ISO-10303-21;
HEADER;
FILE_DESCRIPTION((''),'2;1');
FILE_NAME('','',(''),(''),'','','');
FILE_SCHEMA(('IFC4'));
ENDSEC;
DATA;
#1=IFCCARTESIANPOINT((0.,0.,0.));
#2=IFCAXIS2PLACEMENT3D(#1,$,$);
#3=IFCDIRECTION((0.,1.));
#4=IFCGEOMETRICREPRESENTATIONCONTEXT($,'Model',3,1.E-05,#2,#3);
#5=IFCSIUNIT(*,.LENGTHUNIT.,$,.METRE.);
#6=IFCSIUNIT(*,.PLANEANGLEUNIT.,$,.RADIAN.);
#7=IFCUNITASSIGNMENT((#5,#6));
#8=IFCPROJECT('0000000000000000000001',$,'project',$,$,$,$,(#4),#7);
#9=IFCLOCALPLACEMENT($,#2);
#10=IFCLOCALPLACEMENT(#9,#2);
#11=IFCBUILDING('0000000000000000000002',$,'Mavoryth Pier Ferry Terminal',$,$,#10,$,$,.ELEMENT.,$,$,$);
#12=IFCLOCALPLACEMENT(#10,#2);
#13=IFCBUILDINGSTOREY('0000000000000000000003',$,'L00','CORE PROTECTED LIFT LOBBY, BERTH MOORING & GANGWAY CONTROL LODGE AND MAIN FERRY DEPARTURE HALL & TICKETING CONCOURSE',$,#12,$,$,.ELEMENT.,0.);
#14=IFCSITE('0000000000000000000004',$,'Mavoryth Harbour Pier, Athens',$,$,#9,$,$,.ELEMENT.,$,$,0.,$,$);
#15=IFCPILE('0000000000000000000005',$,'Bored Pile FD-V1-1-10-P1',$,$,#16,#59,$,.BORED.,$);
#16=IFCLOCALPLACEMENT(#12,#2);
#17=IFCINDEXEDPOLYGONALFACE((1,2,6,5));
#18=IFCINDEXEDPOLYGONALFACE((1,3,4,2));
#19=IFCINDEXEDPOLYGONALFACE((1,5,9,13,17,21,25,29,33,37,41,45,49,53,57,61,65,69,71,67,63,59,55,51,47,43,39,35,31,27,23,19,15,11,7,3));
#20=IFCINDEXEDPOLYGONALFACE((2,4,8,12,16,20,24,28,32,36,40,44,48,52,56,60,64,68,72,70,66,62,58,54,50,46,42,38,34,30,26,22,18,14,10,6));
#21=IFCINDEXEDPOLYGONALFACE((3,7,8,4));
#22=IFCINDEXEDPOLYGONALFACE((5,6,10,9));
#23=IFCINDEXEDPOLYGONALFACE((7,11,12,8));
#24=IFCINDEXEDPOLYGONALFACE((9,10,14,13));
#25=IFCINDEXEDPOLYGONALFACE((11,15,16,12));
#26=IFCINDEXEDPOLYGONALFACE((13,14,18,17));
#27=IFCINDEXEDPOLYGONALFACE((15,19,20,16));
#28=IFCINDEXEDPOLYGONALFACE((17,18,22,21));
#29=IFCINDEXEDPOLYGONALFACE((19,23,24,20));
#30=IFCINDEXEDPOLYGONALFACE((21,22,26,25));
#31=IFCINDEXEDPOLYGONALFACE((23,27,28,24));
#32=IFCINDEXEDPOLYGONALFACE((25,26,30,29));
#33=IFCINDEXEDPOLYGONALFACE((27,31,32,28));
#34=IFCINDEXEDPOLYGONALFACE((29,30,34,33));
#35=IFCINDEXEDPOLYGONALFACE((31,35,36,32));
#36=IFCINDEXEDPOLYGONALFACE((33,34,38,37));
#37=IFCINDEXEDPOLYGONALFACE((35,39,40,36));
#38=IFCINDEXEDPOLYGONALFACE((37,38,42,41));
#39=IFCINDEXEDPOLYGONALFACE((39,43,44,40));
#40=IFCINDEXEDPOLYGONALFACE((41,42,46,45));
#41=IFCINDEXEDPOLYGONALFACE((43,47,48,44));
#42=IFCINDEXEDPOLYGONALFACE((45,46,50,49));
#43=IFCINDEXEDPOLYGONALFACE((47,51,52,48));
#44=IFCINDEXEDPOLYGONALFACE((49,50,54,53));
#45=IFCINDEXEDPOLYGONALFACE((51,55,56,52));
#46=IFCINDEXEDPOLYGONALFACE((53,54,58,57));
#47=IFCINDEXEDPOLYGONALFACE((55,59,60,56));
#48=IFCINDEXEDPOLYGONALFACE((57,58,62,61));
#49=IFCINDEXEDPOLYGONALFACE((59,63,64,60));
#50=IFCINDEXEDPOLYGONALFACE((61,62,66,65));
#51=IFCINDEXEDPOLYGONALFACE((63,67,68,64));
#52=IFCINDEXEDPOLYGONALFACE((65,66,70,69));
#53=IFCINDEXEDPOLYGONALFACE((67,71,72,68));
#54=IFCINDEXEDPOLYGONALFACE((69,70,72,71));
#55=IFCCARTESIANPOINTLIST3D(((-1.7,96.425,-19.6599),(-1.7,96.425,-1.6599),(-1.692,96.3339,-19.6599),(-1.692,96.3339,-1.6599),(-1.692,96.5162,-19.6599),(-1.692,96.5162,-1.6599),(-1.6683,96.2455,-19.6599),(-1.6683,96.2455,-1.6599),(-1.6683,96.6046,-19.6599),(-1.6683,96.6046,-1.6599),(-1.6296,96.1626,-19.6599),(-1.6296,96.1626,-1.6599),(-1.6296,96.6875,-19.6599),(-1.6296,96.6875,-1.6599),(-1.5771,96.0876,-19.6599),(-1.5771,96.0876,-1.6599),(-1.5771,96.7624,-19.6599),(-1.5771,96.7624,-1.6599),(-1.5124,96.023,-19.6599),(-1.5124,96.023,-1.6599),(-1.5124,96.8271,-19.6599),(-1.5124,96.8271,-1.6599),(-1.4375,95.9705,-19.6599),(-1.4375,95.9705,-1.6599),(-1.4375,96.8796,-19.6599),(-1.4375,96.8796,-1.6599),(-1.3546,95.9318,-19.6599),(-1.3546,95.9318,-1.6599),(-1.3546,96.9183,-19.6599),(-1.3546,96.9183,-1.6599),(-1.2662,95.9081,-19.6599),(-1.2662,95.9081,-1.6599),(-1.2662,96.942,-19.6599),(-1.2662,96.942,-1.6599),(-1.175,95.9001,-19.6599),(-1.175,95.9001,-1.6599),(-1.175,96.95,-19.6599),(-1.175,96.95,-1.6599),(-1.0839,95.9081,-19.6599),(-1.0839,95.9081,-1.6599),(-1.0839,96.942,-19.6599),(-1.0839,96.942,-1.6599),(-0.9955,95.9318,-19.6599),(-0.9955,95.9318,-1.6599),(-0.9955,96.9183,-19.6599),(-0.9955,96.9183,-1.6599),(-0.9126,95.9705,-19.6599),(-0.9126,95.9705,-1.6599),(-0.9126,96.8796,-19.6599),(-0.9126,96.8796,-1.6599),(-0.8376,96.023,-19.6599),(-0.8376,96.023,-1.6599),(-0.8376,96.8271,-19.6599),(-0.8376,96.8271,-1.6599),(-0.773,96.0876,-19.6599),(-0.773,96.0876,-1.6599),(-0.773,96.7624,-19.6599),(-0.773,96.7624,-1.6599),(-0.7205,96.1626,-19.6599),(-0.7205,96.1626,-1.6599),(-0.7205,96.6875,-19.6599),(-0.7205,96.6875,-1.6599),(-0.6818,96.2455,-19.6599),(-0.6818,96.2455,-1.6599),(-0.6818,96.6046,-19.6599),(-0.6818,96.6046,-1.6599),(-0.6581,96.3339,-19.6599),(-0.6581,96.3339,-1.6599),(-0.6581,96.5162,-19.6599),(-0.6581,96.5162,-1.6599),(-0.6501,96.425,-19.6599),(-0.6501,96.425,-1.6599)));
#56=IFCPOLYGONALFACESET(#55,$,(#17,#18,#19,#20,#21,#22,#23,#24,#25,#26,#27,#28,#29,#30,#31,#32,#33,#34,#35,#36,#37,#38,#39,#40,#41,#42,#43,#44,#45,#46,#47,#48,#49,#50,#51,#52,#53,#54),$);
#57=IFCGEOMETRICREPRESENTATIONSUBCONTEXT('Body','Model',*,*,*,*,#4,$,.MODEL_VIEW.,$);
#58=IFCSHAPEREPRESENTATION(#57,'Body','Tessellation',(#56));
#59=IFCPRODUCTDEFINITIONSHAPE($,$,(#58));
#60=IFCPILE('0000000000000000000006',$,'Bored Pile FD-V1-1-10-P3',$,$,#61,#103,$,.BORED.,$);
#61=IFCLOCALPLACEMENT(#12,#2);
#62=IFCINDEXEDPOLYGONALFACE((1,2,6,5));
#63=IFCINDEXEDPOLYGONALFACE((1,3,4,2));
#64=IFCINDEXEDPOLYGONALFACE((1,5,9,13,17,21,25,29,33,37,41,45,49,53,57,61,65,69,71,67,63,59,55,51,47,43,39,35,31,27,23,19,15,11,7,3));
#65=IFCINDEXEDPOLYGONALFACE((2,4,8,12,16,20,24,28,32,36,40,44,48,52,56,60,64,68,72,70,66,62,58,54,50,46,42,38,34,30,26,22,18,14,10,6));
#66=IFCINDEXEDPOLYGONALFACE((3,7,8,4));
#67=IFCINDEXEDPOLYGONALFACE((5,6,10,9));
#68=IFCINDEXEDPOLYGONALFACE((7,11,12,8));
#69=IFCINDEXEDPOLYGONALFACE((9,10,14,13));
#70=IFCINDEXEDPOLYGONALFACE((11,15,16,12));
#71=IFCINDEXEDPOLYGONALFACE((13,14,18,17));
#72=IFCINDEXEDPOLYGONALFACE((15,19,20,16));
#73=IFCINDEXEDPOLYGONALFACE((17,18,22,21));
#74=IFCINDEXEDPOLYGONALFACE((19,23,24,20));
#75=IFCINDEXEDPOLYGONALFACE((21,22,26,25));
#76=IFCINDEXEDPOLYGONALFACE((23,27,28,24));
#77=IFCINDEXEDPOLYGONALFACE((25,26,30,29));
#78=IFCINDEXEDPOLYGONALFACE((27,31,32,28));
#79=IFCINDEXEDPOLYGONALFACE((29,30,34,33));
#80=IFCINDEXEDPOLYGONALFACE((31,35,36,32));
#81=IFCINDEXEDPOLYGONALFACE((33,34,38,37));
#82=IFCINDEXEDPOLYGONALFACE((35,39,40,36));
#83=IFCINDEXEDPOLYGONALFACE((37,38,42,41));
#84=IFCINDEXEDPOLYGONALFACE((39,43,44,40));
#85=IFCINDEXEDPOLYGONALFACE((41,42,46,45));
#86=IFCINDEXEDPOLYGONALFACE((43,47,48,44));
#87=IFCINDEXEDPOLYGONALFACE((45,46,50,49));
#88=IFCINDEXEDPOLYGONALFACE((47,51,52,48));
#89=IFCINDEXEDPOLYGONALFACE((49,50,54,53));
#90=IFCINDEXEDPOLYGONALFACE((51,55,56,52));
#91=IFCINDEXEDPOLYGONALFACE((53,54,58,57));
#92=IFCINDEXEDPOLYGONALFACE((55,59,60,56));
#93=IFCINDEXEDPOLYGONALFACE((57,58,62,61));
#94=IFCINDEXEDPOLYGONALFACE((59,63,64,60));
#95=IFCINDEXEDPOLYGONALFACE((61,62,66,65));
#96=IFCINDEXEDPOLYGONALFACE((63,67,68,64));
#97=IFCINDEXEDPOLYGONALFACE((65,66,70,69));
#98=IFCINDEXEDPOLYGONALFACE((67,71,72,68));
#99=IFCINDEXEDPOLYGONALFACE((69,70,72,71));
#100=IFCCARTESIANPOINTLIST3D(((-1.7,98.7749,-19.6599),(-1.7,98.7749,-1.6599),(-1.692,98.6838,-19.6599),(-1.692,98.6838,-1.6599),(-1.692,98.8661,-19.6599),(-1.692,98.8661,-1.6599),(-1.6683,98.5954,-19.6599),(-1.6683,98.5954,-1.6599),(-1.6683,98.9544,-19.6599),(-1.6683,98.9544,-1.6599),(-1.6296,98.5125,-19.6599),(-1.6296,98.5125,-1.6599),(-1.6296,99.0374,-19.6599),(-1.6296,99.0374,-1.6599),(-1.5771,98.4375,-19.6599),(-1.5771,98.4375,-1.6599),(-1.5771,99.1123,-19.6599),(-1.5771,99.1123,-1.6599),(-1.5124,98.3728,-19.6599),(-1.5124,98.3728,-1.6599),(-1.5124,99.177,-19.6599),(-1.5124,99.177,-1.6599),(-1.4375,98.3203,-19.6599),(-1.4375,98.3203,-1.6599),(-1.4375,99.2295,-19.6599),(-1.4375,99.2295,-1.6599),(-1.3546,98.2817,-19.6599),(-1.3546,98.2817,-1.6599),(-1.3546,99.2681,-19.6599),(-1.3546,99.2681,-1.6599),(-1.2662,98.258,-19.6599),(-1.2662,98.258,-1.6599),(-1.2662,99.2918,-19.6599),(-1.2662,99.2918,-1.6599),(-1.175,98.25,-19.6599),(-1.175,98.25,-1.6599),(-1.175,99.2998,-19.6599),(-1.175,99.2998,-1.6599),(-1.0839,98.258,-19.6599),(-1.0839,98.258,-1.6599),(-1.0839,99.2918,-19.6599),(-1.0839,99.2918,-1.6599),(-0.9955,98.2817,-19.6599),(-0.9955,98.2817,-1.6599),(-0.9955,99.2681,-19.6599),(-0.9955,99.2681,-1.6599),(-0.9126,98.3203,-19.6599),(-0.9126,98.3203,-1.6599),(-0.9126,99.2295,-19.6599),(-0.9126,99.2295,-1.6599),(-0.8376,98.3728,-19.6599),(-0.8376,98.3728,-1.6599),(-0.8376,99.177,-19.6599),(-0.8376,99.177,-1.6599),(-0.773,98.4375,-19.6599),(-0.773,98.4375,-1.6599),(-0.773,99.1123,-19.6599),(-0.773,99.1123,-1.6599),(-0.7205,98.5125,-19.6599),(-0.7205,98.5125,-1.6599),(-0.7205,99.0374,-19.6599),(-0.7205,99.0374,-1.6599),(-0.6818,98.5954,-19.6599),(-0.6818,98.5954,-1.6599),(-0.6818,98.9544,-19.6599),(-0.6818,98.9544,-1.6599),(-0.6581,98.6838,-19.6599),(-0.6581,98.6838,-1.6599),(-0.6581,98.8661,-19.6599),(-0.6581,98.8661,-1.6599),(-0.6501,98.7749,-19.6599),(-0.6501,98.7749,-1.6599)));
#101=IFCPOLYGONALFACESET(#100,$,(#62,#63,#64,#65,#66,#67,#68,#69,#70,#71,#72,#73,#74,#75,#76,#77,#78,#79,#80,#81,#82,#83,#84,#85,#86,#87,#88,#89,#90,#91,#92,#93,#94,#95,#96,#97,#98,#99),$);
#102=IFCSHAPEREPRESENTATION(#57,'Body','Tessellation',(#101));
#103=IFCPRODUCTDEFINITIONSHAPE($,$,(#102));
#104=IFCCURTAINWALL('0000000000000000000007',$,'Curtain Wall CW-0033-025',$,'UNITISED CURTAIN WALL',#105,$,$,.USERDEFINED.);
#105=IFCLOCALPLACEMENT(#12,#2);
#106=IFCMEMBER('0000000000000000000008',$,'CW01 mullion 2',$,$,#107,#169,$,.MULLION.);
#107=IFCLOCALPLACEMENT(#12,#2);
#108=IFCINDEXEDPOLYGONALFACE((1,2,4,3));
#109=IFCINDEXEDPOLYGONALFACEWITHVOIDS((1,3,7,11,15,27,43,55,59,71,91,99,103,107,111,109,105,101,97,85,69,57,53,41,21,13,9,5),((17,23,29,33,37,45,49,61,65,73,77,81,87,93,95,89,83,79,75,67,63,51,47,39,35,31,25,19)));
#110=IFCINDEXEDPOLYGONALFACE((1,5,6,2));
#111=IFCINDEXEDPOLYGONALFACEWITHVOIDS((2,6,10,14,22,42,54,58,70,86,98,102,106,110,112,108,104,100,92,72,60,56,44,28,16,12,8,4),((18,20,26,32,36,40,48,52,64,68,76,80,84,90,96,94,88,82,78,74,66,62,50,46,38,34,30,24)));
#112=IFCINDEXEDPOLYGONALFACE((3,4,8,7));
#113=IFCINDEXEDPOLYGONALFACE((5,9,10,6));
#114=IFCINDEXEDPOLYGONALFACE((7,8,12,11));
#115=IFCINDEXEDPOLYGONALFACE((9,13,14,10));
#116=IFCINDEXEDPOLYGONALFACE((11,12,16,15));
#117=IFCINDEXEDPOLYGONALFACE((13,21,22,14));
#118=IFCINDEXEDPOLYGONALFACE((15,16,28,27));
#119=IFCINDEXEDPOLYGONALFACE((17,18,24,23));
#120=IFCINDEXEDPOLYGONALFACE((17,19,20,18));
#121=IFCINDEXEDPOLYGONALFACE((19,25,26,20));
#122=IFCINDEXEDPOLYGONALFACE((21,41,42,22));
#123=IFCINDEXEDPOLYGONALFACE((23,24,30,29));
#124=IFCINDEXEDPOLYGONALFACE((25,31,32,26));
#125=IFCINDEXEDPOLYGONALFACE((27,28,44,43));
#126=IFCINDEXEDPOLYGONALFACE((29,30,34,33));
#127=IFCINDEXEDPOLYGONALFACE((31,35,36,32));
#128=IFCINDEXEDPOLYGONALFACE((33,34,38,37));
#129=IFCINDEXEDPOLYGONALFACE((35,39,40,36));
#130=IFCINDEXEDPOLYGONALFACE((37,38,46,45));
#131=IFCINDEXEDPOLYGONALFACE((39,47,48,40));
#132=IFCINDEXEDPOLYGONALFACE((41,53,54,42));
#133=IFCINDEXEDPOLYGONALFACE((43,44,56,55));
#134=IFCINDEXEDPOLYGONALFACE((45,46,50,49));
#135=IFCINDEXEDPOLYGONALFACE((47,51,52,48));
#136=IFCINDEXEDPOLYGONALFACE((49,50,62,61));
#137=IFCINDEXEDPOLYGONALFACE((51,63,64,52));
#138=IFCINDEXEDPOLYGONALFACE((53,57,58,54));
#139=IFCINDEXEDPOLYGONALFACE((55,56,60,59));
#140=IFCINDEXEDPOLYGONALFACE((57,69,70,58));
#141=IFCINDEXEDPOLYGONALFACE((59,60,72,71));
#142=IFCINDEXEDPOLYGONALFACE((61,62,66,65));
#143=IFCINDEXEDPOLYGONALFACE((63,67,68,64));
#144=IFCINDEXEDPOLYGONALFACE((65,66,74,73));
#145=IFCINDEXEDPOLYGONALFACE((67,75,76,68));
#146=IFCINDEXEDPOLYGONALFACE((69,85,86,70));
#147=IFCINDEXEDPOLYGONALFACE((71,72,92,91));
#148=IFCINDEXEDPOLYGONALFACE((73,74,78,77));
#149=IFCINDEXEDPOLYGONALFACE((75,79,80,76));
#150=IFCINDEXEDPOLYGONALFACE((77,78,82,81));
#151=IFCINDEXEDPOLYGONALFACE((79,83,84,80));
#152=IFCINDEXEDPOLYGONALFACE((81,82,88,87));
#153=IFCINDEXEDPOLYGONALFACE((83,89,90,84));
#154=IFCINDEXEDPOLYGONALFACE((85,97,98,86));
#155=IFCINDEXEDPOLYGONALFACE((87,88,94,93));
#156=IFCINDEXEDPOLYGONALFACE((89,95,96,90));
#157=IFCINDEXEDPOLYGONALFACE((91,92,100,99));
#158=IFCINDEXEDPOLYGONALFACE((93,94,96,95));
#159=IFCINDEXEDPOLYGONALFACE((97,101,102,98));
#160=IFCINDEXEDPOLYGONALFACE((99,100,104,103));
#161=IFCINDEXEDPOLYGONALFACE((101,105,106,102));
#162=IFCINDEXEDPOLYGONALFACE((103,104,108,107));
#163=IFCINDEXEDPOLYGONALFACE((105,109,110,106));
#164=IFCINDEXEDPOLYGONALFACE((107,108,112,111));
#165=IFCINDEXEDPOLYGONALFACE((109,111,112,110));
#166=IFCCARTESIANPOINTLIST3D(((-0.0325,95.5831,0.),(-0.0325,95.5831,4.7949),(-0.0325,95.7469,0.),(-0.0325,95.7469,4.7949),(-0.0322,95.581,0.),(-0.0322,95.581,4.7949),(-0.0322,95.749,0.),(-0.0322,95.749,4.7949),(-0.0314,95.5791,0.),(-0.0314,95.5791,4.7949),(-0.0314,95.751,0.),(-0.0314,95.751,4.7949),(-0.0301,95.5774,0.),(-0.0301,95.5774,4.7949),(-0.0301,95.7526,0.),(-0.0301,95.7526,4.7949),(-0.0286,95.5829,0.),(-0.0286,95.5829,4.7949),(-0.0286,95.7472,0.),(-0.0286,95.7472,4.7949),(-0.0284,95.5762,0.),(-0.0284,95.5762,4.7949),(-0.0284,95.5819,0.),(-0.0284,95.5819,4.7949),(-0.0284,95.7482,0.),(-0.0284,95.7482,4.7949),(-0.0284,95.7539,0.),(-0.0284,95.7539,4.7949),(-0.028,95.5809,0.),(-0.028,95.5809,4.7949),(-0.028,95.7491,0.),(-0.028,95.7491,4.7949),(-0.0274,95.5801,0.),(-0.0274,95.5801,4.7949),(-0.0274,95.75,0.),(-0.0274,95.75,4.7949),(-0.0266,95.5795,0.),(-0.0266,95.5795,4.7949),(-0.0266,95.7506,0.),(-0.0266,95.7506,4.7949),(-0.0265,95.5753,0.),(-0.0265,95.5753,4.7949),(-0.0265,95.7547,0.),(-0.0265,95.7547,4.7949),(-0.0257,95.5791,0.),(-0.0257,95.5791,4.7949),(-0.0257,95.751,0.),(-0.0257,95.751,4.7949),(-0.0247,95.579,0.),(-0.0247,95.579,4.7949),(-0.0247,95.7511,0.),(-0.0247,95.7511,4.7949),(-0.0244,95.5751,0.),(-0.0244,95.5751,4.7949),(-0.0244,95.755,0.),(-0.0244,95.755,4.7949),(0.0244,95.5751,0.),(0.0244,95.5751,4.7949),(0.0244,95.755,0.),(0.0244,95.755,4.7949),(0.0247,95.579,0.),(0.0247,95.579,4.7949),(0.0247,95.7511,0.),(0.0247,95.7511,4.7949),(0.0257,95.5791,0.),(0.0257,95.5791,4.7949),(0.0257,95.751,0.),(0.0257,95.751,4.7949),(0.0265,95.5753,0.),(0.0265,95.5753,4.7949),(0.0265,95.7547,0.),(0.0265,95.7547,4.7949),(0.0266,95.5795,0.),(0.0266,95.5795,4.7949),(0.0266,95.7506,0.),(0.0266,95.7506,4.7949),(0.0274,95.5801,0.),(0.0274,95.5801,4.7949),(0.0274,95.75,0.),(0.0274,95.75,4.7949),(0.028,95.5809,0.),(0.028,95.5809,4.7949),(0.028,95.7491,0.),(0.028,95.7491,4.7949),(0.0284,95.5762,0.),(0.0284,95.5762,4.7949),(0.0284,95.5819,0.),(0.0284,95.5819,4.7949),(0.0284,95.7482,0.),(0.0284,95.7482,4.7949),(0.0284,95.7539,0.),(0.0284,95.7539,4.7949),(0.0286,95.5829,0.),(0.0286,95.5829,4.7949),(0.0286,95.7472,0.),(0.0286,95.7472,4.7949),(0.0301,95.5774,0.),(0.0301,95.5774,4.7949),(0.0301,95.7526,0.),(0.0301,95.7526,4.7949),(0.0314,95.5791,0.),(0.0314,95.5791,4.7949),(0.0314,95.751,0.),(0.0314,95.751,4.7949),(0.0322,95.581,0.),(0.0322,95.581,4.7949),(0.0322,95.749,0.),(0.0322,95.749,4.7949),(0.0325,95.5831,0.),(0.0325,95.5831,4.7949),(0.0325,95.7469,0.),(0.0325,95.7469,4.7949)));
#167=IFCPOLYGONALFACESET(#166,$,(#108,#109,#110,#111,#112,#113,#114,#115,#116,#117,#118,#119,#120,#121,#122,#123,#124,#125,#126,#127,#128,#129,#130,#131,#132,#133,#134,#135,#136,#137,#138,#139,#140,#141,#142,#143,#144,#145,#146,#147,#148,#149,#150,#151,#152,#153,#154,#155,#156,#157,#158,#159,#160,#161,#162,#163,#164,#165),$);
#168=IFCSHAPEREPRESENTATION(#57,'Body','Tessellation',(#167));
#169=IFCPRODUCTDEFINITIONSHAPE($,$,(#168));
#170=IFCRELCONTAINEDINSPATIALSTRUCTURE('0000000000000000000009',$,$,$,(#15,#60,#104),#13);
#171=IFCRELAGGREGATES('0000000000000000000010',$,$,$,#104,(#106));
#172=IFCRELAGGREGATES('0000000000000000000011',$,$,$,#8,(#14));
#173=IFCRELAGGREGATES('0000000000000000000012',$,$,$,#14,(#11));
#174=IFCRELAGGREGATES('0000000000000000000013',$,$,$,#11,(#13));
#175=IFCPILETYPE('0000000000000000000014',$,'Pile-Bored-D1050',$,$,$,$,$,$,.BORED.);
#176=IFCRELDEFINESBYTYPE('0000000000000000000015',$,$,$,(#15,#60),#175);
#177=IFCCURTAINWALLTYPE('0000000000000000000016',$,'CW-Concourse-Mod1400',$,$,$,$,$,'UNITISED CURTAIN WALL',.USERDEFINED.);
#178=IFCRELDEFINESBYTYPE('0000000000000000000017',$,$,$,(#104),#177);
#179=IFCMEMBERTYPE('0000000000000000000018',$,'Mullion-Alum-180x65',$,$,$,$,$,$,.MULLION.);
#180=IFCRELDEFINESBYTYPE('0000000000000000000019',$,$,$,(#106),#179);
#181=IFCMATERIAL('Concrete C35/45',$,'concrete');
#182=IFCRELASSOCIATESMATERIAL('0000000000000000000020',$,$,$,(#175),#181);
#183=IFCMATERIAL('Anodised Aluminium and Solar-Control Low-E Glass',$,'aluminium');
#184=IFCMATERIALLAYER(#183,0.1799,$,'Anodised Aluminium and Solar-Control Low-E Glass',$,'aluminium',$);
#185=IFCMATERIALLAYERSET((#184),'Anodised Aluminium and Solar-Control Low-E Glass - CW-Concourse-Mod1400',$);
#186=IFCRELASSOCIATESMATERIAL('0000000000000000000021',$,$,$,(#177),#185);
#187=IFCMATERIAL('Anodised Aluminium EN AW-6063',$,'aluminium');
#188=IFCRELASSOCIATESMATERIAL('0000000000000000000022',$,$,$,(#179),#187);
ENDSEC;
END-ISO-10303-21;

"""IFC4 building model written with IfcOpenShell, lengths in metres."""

from ifc_helpers import new_model, si_unit, direction, frame, origin, origin_2d, place, context, subcontext, project, spatial, hollow_rectangle, circle, extrude, material, layer, layer_set, material_profile, profile_set, type_object, element, aggregate, save


model = new_model("IFC4")

# Units and contexts
model_context = context("Model", 3, precision=1e-05, world=origin(), true_north=direction((0.0, 1.0)))
body_context = subcontext(model_context, "Body", "Model", "MODEL_VIEW")
ifc_project = project(units=[si_unit("LENGTHUNIT", "METRE"), si_unit("PLANEANGLEUNIT", "RADIAN")], contexts=[model_context])

# Site, building, storey
site_placement = place(None, origin())
site = spatial("IfcSite", under=ifc_project, at=site_placement, Name="Mavoryth Harbour Pier, Athens", CompositionType="ELEMENT", RefElevation=0.0)
building_placement = place(site_placement, origin())
building = spatial("IfcBuilding", under=site, at=building_placement, Name="Mavoryth Pier Ferry Terminal", CompositionType="ELEMENT")
storey_placement = place(building_placement, origin())
storey = spatial("IfcBuildingStorey", under=building, at=storey_placement, Name="L00", Description="CORE PROTECTED LIFT LOBBY, BERTH MOORING & GANGWAY CONTROL LODGE AND MAIN FERRY DEPARTURE HALL & TICKETING CONCOURSE", CompositionType="ELEMENT", Elevation=0.0)

# Piles
ifc_material_1 = material(Name="Concrete C35/45", Category="concrete")
ifc_material_profile_1 = material_profile(ifc_material_1, circle(Radius=0.5249, at=origin_2d()), Name="PILE D1050", Category="concrete")
ifc_profile_set_1 = profile_set([ifc_material_profile_1], Name="Concrete C35/45 - PILE D1050")
pile_type = type_object("IfcPileType", Name="Pile-Bored-D1050", PredefinedType="BORED", material=ifc_profile_set_1)
for number, where, z_axis, x_axis, name in (
    (1, (-1.175, 96.425, -1.6599), (0.0, 0.0, -1.0), (1.0, 0.0, 0.0), "Bored Pile FD-V1-1-10-P1"),
    (2, (-1.175, 98.7749, -1.6599), (0.0, 0.0, -1.0), (1.0, 0.0, 0.0), "Bored Pile FD-V1-1-10-P3"),
):
    element("IfcPile", number, at=place(storey_placement, frame(where, z_axis=z_axis, x_axis=x_axis)), inside=storey, type_object=pile_type, Name=name, PredefinedType="BORED", context=body_context, shape_type="SweptSolid", body=[
        extrude(circle(Radius=0.5249, at=origin_2d()), origin(), (0.0, 0.0, 1.0), 18.0),
    ])

# Curtain wall, member
ifc_material_2 = material(Name="Anodised Aluminium and Solar-Control Low-E Glass", Category="aluminium")
ifc_layer_1 = layer(ifc_material_2, 0.1799, Name="Anodised Aluminium and Solar-Control Low-E Glass", Category="aluminium")
ifc_layer_set_1 = layer_set([ifc_layer_1], Name="Anodised Aluminium and Solar-Control Low-E Glass - CW-Concourse-Mod1400")
curtain_wall_type = type_object("IfcCurtainWallType", Name="CW-Concourse-Mod1400", ElementType="UNITISED CURTAIN WALL", PredefinedType="USERDEFINED", material=ifc_layer_set_1)
curtain_wall_placement = place(storey_placement, origin())
curtain_wall = element("IfcCurtainWall", 3, at=curtain_wall_placement, inside=storey, type_object=curtain_wall_type, Name="Curtain Wall CW-0033-025", ObjectType="UNITISED CURTAIN WALL", PredefinedType="USERDEFINED")
ifc_material_3 = material(Name="Anodised Aluminium EN AW-6063", Category="aluminium")
ifc_material_profile_2 = material_profile(ifc_material_3, hollow_rectangle(XDim=0.0649, YDim=0.1799, WallThickness=0.0039, InnerFilletRadius=0.0039, OuterFilletRadius=0.0081, at=origin_2d()), Name="AL-MULL 180x65x4", Category="aluminium")
ifc_profile_set_2 = profile_set([ifc_material_profile_2], Name="Anodised Aluminium EN AW-6063 - AL-MULL 180x65x4")
member_type_1 = type_object("IfcMemberType", Name="Mullion-Alum-180x65", PredefinedType="MULLION", material=ifc_profile_set_2)
member_1_placement = place(storey_placement, frame((0.0, 95.665, 0.0), z_axis=(0.0, 0.0, 1.0), x_axis=(1.0, 0.0, 0.0)))
member_1 = element("IfcMember", 4, at=member_1_placement, type_object=member_type_1, Name="CW01 mullion 2", PredefinedType="MULLION", context=body_context, shape_type="SweptSolid", body=[
    extrude(hollow_rectangle(XDim=0.0649, YDim=0.1799, WallThickness=0.0039, InnerFilletRadius=0.0039, OuterFilletRadius=0.0081, at=origin_2d()), origin(), (0.0, 0.0, 1.0), 4.7949),
])
aggregate(curtain_wall, [member_1])

save(model, "model.ifc")
